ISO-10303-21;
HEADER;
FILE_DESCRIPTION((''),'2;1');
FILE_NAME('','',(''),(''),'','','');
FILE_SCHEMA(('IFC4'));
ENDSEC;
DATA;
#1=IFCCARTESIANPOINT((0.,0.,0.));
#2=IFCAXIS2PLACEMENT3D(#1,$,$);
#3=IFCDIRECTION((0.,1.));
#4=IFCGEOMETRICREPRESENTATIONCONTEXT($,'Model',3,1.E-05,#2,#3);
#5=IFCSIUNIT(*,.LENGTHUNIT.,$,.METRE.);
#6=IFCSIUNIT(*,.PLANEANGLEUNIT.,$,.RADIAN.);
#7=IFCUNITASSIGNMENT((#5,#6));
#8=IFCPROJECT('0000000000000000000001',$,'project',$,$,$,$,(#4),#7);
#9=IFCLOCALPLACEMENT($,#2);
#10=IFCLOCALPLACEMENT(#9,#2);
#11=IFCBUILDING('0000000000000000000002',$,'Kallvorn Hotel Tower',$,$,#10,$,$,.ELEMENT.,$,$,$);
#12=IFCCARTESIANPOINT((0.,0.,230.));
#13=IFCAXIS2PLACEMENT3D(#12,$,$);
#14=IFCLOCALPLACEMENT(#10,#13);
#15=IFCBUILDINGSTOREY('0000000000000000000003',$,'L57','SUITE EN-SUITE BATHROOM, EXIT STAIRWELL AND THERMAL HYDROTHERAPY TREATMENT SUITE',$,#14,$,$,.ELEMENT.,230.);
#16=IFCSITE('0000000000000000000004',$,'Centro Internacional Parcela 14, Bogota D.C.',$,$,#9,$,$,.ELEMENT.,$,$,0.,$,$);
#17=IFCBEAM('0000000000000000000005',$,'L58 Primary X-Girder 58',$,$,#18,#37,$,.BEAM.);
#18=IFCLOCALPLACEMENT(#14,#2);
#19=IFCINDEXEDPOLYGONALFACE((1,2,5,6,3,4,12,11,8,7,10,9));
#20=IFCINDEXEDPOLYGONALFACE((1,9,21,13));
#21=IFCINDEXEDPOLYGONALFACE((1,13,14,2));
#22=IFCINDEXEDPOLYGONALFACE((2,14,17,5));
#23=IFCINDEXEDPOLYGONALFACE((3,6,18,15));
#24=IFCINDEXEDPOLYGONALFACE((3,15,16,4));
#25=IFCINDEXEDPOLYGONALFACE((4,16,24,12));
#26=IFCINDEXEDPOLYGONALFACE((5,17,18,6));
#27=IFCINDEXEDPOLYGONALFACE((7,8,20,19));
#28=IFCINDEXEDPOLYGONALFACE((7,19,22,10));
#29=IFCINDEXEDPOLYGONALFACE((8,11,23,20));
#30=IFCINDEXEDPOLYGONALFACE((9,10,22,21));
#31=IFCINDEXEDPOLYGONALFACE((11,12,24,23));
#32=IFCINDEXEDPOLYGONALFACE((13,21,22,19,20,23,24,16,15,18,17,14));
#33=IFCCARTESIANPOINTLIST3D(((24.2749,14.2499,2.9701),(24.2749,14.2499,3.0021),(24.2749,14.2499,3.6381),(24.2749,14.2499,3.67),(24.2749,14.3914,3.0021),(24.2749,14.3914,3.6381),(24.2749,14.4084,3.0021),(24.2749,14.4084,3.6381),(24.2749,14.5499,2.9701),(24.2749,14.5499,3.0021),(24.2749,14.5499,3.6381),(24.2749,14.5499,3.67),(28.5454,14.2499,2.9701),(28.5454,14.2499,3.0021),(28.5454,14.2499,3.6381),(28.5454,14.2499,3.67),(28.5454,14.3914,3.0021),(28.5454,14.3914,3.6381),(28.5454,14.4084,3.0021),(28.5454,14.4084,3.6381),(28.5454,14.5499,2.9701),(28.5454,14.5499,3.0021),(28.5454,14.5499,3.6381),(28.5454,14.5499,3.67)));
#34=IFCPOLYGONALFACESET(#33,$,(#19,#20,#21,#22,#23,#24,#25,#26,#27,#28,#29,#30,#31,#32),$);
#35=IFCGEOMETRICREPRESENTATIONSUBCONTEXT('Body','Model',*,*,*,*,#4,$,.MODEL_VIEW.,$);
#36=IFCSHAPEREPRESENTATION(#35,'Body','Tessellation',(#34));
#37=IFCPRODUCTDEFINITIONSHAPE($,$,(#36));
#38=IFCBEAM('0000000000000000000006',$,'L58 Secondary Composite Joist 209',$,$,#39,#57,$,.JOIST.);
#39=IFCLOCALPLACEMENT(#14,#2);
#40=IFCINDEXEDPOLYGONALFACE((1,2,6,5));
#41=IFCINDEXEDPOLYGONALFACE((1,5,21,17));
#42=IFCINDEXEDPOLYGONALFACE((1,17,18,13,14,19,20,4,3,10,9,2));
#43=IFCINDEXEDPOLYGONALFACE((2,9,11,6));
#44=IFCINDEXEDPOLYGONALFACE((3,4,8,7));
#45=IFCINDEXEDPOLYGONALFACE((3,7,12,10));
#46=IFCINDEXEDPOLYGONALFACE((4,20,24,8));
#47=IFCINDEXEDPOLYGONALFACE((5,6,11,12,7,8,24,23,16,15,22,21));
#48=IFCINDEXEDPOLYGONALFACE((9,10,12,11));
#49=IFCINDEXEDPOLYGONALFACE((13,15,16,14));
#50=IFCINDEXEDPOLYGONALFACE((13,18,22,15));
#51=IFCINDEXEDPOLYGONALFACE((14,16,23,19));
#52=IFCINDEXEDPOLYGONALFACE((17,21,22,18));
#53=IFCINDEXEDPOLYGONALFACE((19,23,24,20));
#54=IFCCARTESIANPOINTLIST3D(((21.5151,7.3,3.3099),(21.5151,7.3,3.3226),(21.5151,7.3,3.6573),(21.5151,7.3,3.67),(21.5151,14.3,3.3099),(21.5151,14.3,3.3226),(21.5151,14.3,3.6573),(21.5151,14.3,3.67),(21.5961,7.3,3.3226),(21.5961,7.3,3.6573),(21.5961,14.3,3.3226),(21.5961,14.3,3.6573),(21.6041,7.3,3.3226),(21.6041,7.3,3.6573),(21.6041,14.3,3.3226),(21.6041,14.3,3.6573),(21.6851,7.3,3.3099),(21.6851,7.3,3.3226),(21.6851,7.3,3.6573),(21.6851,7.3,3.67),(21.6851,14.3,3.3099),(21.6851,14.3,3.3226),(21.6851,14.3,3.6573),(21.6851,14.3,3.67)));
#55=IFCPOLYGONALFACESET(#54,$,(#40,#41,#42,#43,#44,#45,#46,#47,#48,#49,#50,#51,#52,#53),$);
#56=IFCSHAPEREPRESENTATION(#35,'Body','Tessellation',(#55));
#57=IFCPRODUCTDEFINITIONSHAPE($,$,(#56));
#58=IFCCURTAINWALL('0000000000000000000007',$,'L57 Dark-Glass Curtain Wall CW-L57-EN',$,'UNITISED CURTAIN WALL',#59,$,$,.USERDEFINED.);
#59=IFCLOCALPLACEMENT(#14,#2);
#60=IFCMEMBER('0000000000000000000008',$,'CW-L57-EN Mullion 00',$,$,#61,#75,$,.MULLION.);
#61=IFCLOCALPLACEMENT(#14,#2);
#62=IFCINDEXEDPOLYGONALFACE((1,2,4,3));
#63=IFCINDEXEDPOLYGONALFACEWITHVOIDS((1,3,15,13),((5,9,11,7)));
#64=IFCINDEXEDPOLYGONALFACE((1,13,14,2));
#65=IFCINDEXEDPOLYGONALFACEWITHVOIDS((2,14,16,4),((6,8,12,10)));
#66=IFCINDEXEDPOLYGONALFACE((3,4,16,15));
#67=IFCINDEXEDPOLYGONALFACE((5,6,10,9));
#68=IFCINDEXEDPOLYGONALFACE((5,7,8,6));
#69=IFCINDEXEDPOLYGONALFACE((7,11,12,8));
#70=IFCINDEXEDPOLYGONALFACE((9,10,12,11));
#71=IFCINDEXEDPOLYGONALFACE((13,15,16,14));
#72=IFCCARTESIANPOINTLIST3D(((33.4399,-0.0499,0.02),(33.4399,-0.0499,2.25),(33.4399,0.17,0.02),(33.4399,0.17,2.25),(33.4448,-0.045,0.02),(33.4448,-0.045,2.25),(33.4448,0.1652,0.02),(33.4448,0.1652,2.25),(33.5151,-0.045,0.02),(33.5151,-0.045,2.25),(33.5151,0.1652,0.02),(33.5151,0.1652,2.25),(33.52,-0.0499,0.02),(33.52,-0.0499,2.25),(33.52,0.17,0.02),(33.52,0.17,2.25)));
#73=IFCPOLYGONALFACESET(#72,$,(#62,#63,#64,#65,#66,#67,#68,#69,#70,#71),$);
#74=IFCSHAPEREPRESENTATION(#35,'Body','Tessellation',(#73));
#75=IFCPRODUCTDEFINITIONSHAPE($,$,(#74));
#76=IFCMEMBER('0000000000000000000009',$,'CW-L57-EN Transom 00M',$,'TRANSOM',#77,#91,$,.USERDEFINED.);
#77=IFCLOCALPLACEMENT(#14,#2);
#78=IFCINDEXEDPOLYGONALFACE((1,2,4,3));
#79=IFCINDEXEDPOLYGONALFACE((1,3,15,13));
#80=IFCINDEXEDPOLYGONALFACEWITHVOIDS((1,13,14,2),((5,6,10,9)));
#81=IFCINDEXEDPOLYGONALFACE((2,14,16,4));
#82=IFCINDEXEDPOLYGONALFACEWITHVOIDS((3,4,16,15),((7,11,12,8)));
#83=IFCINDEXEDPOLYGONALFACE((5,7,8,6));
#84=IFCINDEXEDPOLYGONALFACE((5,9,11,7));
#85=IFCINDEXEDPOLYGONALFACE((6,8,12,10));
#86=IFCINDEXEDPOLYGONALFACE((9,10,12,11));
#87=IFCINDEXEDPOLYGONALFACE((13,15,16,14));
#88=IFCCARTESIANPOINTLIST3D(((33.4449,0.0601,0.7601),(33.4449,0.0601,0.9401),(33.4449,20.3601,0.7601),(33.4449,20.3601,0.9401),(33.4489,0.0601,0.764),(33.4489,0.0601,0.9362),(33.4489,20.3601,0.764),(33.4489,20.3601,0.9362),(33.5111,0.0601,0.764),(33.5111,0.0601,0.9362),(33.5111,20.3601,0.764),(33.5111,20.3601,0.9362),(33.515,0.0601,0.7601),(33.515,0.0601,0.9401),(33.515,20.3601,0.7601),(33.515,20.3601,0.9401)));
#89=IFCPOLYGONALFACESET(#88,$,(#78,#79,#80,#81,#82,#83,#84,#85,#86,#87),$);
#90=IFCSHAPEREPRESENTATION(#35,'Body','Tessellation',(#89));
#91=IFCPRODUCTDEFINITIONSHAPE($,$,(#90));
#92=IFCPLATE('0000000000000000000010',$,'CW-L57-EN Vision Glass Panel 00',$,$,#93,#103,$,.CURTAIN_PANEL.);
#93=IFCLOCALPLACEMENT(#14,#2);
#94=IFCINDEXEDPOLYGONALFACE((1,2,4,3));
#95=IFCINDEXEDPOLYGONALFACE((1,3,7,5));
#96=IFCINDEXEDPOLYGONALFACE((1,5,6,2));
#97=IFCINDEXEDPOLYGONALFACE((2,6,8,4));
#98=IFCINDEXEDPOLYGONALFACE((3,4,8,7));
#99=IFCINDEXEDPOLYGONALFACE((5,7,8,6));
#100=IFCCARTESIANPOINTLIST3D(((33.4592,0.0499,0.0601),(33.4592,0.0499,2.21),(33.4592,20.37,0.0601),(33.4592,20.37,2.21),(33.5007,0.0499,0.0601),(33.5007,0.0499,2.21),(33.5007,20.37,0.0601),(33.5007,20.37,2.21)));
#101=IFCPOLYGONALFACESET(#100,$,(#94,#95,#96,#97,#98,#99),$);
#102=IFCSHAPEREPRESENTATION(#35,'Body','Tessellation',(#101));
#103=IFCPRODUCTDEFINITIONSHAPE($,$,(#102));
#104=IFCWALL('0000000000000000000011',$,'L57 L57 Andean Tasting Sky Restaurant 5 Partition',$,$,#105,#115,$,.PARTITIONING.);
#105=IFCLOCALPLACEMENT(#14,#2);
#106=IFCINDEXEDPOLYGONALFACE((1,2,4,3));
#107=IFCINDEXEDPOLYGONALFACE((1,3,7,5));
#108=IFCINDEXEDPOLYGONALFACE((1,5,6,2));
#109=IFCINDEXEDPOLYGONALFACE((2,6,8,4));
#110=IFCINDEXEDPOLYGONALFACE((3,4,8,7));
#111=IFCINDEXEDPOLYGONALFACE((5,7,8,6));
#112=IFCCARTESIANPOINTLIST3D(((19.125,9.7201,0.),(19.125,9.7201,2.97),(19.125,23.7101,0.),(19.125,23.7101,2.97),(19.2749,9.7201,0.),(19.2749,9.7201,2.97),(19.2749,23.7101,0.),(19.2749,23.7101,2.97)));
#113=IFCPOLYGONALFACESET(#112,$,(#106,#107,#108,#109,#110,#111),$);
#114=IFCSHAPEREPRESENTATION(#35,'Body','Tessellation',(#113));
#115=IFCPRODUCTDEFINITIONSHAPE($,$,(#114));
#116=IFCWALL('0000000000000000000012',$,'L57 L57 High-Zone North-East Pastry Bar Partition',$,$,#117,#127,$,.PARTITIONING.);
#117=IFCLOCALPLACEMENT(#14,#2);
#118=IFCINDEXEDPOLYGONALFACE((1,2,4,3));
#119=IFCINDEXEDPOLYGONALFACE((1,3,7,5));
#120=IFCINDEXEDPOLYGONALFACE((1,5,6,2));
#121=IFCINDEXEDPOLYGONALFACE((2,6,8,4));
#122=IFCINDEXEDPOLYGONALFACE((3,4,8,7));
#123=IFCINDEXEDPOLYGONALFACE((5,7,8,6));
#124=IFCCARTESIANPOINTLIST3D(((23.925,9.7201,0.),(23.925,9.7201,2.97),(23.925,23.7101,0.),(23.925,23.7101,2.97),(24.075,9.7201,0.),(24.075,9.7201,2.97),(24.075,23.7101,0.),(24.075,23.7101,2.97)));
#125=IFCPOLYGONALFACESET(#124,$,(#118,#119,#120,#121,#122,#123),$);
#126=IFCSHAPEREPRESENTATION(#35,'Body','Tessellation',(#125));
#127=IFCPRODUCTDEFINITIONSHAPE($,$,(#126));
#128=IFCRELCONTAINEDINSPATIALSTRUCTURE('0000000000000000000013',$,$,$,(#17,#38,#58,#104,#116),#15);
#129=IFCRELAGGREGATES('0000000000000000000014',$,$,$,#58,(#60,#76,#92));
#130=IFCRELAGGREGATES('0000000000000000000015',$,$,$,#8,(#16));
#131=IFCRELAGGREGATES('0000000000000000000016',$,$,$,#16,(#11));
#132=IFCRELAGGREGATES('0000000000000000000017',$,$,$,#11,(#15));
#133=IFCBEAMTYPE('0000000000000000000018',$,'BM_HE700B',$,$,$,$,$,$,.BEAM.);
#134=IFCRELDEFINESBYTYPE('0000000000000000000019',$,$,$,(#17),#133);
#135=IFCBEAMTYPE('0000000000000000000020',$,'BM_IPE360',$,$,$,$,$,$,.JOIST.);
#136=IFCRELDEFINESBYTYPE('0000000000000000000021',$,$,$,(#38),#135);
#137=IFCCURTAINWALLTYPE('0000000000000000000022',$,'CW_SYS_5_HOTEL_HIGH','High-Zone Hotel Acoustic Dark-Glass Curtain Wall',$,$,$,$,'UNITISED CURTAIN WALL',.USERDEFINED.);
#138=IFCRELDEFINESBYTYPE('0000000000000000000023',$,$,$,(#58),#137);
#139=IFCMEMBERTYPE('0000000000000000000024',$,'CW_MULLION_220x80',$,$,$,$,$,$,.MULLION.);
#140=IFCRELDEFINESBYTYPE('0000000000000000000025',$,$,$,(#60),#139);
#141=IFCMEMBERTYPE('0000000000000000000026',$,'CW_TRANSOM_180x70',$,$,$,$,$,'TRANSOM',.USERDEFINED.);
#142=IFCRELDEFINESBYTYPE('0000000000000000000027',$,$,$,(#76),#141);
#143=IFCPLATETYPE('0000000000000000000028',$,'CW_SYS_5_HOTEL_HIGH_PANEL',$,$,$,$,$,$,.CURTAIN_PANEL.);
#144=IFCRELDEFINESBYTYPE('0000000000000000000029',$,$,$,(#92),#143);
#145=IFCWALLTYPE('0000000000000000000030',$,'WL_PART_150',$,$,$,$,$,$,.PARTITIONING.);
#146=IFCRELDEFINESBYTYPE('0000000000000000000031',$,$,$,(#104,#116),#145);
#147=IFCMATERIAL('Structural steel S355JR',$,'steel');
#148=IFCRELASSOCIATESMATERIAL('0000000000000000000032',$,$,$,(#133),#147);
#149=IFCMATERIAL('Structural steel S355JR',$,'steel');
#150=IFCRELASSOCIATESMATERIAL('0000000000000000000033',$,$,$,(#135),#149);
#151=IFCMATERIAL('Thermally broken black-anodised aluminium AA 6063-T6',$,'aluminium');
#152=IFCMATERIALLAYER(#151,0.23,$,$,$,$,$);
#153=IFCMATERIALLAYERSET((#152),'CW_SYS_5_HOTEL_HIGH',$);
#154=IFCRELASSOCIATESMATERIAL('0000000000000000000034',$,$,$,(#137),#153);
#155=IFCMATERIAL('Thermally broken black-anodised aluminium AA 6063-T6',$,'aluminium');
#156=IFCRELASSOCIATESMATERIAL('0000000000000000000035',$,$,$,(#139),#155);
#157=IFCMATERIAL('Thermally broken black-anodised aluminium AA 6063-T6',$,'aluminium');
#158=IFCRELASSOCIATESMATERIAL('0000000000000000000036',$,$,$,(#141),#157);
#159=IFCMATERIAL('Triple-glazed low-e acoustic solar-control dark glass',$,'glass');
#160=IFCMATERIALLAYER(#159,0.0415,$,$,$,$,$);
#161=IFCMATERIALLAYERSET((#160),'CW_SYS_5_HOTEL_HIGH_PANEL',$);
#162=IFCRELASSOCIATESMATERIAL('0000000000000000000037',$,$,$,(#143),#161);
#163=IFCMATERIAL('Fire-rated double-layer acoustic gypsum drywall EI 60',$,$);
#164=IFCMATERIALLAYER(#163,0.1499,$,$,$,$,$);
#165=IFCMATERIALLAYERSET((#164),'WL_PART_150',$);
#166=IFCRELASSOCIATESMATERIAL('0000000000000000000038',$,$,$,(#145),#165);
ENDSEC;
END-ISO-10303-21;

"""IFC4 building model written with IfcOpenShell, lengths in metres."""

from ifc_helpers import new_model, si_unit, direction, frame, frame_2d, origin, origin_2d, place, context, subcontext, project, spatial, rectangle, hollow_rectangle, i_section, extrude, material, layer, layer_set, material_profile, profile_set, type_object, element, aggregate, save


model = new_model("IFC4")

# Units and contexts
model_context = context("Model", 3, precision=1e-05, world=origin(), true_north=direction((0.0, 1.0)))
body_context = subcontext(model_context, "Body", "Model", "MODEL_VIEW")
ifc_project = project(units=[si_unit("LENGTHUNIT", "METRE"), si_unit("PLANEANGLEUNIT", "RADIAN")], contexts=[model_context])

# Site, building, storey
site_placement = place(None, origin())
site = spatial("IfcSite", under=ifc_project, at=site_placement, Name="Centro Internacional Parcela 14, Bogota D.C.", CompositionType="ELEMENT", RefElevation=0.0)
building_placement = place(site_placement, origin())
building = spatial("IfcBuilding", under=site, at=building_placement, Name="Kallvorn Hotel Tower", CompositionType="ELEMENT")
storey_placement = place(building_placement, frame((0.0, 0.0, 230.0)))
storey = spatial("IfcBuildingStorey", under=building, at=storey_placement, Name="L57", Description="SUITE EN-SUITE BATHROOM, EXIT STAIRWELL AND THERMAL HYDROTHERAPY TREATMENT SUITE", CompositionType="ELEMENT", Elevation=230.0)

# Beams
ifc_material_1 = material(Name="Structural steel S355JR", Category="steel")
ifc_material_profile_1 = material_profile(ifc_material_1, i_section(OverallWidth=0.3, OverallDepth=0.7, WebThickness=0.0171, FlangeThickness=0.032, at=origin_2d()), Name="HE 700 B")
ifc_profile_set_1 = profile_set([ifc_material_profile_1], Name="Structural steel S355JR")
beam_type_1 = type_object("IfcBeamType", Name="BM_HE700B", PredefinedType="BEAM", material=ifc_profile_set_1)
for number, where, z_axis, x_axis, name in (
    (1, (24.2749, 14.3999, 3.3201), (1.0, 0.0, 0.0), (0.0, 1.0, 0.0), "L58 Primary X-Girder 58"),
):
    element("IfcBeam", number, at=place(storey_placement, frame(where, z_axis=z_axis, x_axis=x_axis)), inside=storey, type_object=beam_type_1, Name=name, PredefinedType="BEAM", context=body_context, shape_type="SweptSolid", body=[
        extrude(i_section(OverallWidth=0.3, OverallDepth=0.7, WebThickness=0.0171, FlangeThickness=0.032, at=origin_2d()), origin(), (0.0, 0.0, 1.0), 4.2705),
    ])
ifc_material_2 = material(Name="Structural steel S355JR", Category="steel")
ifc_material_profile_2 = material_profile(ifc_material_2, i_section(OverallWidth=0.1699, OverallDepth=0.3601, WebThickness=0.0081, FlangeThickness=0.0127, at=origin_2d()), Name="IPE 360")
ifc_profile_set_2 = profile_set([ifc_material_profile_2], Name="Structural steel S355JR")
beam_type_2 = type_object("IfcBeamType", Name="BM_IPE360", PredefinedType="JOIST", material=ifc_profile_set_2)
beam_1_placement = place(storey_placement, frame((21.6001, 7.3, 3.49), z_axis=(0.0, 1.0, 0.0), x_axis=(-1.0, 0.0, 0.0)))
element("IfcBeam", 2, at=beam_1_placement, inside=storey, type_object=beam_type_2, Name="L58 Secondary Composite Joist 209", PredefinedType="JOIST", context=body_context, shape_type="SweptSolid", body=[
    extrude(i_section(OverallWidth=0.1699, OverallDepth=0.3601, WebThickness=0.0081, FlangeThickness=0.0127, at=origin_2d()), origin(), (0.0, 0.0, 1.0), 7.0),
])

# Curtain wall, members, plate
ifc_material_3 = material(Name="Thermally broken black-anodised aluminium AA 6063-T6", Category="aluminium")
ifc_layer_1 = layer(ifc_material_3, 0.23)
ifc_layer_set_1 = layer_set([ifc_layer_1], Name="CW_SYS_5_HOTEL_HIGH")
curtain_wall_type = type_object("IfcCurtainWallType", Name="CW_SYS_5_HOTEL_HIGH", Description="High-Zone Hotel Acoustic Dark-Glass Curtain Wall", ElementType="UNITISED CURTAIN WALL", PredefinedType="USERDEFINED", material=ifc_layer_set_1)
curtain_wall_placement = place(storey_placement, origin())
curtain_wall = element("IfcCurtainWall", 3, at=curtain_wall_placement, inside=storey, type_object=curtain_wall_type, Name="L57 Dark-Glass Curtain Wall CW-L57-EN", ObjectType="UNITISED CURTAIN WALL", PredefinedType="USERDEFINED")
ifc_material_4 = material(Name="Thermally broken black-anodised aluminium AA 6063-T6", Category="aluminium")
ifc_material_profile_3 = material_profile(ifc_material_4, hollow_rectangle(XDim=0.0801, YDim=0.22, WallThickness=0.0049, at=origin_2d()), Name="MUL 220x80")
ifc_profile_set_3 = profile_set([ifc_material_profile_3], Name="Thermally broken black-anodised aluminium AA 6063-T6")
member_type_1 = type_object("IfcMemberType", Name="CW_MULLION_220x80", PredefinedType="MULLION", material=ifc_profile_set_3)
member_1_placement = place(storey_placement, frame((33.48, 0.0601, 0.02), z_axis=(0.0, 0.0, 1.0), x_axis=(1.0, 0.0, 0.0)))
member_1 = element("IfcMember", 4, at=member_1_placement, type_object=member_type_1, Name="CW-L57-EN Mullion 00", PredefinedType="MULLION", context=body_context, shape_type="SweptSolid", body=[
    extrude(hollow_rectangle(XDim=0.0801, YDim=0.22, WallThickness=0.0049, at=origin_2d()), origin(), (0.0, 0.0, 1.0), 2.23),
])
ifc_material_5 = material(Name="Thermally broken black-anodised aluminium AA 6063-T6", Category="aluminium")
ifc_material_profile_4 = material_profile(ifc_material_5, hollow_rectangle(XDim=0.0701, YDim=0.1799, WallThickness=0.0039, at=origin_2d()), Name="TRN 180x70")
ifc_profile_set_4 = profile_set([ifc_material_profile_4], Name="Thermally broken black-anodised aluminium AA 6063-T6")
member_type_2 = type_object("IfcMemberType", Name="CW_TRANSOM_180x70", ElementType="TRANSOM", PredefinedType="USERDEFINED", material=ifc_profile_set_4)
member_2_placement = place(storey_placement, frame((33.48, 0.0601, 0.8501), z_axis=(0.0, 1.0, 0.0), x_axis=(-1.0, 0.0, 0.0)))
member_2 = element("IfcMember", 5, at=member_2_placement, type_object=member_type_2, Name="CW-L57-EN Transom 00M", ObjectType="TRANSOM", PredefinedType="USERDEFINED", context=body_context, shape_type="SweptSolid", body=[
    extrude(hollow_rectangle(XDim=0.0701, YDim=0.1799, WallThickness=0.0039, at=origin_2d()), origin(), (0.0, 0.0, 1.0), 20.3),
])
ifc_material_6 = material(Name="Triple-glazed low-e acoustic solar-control dark glass", Category="glass")
ifc_layer_2 = layer(ifc_material_6, 0.0415)
ifc_layer_set_2 = layer_set([ifc_layer_2], Name="CW_SYS_5_HOTEL_HIGH_PANEL")
plate_type = type_object("IfcPlateType", Name="CW_SYS_5_HOTEL_HIGH_PANEL", PredefinedType="CURTAIN_PANEL", material=ifc_layer_set_2)
plate_placement = place(storey_placement, frame((33.48, 10.21, 0.0601), z_axis=(0.0, 0.0, 1.0), x_axis=(0.0, 1.0, 0.0)))
plate = element("IfcPlate", 6, at=plate_placement, type_object=plate_type, Name="CW-L57-EN Vision Glass Panel 00", PredefinedType="CURTAIN_PANEL", context=body_context, shape_type="SweptSolid", body=[
    extrude(rectangle(XDim=20.3201, YDim=0.0415, at=origin_2d()), origin(), (0.0, 0.0, 1.0), 2.1499),
])
aggregate(curtain_wall, [member_1, member_2, plate])

# Walls
ifc_material_7 = material(Name="Fire-rated double-layer acoustic gypsum drywall EI 60")
ifc_layer_3 = layer(ifc_material_7, 0.1499)
ifc_layer_set_3 = layer_set([ifc_layer_3], Name="WL_PART_150")
wall_type = type_object("IfcWallType", Name="WL_PART_150", PredefinedType="PARTITIONING", material=ifc_layer_set_3)
for number, where, z_axis, x_axis, name in (
    (7, (19.2, 9.72, 0.0), (0.0, 0.0, 1.0), (0.0, 1.0, 0.0), "L57 L57 Andean Tasting Sky Restaurant 5 Partition"),
    (8, (24.0, 9.72, 0.0), (0.0, 0.0, 1.0), (0.0, 1.0, 0.0), "L57 L57 High-Zone North-East Pastry Bar Partition"),
):
    element("IfcWall", number, at=place(storey_placement, frame(where, z_axis=z_axis, x_axis=x_axis)), inside=storey, type_object=wall_type, Name=name, PredefinedType="PARTITIONING", context=body_context, shape_type="SweptSolid", body=[
        extrude(rectangle(XDim=13.99, YDim=0.1499, at=frame_2d((6.9951, 0.0))), origin(), (0.0, 0.0, 1.0), 2.97),
    ])

save(model, "model.ifc")
